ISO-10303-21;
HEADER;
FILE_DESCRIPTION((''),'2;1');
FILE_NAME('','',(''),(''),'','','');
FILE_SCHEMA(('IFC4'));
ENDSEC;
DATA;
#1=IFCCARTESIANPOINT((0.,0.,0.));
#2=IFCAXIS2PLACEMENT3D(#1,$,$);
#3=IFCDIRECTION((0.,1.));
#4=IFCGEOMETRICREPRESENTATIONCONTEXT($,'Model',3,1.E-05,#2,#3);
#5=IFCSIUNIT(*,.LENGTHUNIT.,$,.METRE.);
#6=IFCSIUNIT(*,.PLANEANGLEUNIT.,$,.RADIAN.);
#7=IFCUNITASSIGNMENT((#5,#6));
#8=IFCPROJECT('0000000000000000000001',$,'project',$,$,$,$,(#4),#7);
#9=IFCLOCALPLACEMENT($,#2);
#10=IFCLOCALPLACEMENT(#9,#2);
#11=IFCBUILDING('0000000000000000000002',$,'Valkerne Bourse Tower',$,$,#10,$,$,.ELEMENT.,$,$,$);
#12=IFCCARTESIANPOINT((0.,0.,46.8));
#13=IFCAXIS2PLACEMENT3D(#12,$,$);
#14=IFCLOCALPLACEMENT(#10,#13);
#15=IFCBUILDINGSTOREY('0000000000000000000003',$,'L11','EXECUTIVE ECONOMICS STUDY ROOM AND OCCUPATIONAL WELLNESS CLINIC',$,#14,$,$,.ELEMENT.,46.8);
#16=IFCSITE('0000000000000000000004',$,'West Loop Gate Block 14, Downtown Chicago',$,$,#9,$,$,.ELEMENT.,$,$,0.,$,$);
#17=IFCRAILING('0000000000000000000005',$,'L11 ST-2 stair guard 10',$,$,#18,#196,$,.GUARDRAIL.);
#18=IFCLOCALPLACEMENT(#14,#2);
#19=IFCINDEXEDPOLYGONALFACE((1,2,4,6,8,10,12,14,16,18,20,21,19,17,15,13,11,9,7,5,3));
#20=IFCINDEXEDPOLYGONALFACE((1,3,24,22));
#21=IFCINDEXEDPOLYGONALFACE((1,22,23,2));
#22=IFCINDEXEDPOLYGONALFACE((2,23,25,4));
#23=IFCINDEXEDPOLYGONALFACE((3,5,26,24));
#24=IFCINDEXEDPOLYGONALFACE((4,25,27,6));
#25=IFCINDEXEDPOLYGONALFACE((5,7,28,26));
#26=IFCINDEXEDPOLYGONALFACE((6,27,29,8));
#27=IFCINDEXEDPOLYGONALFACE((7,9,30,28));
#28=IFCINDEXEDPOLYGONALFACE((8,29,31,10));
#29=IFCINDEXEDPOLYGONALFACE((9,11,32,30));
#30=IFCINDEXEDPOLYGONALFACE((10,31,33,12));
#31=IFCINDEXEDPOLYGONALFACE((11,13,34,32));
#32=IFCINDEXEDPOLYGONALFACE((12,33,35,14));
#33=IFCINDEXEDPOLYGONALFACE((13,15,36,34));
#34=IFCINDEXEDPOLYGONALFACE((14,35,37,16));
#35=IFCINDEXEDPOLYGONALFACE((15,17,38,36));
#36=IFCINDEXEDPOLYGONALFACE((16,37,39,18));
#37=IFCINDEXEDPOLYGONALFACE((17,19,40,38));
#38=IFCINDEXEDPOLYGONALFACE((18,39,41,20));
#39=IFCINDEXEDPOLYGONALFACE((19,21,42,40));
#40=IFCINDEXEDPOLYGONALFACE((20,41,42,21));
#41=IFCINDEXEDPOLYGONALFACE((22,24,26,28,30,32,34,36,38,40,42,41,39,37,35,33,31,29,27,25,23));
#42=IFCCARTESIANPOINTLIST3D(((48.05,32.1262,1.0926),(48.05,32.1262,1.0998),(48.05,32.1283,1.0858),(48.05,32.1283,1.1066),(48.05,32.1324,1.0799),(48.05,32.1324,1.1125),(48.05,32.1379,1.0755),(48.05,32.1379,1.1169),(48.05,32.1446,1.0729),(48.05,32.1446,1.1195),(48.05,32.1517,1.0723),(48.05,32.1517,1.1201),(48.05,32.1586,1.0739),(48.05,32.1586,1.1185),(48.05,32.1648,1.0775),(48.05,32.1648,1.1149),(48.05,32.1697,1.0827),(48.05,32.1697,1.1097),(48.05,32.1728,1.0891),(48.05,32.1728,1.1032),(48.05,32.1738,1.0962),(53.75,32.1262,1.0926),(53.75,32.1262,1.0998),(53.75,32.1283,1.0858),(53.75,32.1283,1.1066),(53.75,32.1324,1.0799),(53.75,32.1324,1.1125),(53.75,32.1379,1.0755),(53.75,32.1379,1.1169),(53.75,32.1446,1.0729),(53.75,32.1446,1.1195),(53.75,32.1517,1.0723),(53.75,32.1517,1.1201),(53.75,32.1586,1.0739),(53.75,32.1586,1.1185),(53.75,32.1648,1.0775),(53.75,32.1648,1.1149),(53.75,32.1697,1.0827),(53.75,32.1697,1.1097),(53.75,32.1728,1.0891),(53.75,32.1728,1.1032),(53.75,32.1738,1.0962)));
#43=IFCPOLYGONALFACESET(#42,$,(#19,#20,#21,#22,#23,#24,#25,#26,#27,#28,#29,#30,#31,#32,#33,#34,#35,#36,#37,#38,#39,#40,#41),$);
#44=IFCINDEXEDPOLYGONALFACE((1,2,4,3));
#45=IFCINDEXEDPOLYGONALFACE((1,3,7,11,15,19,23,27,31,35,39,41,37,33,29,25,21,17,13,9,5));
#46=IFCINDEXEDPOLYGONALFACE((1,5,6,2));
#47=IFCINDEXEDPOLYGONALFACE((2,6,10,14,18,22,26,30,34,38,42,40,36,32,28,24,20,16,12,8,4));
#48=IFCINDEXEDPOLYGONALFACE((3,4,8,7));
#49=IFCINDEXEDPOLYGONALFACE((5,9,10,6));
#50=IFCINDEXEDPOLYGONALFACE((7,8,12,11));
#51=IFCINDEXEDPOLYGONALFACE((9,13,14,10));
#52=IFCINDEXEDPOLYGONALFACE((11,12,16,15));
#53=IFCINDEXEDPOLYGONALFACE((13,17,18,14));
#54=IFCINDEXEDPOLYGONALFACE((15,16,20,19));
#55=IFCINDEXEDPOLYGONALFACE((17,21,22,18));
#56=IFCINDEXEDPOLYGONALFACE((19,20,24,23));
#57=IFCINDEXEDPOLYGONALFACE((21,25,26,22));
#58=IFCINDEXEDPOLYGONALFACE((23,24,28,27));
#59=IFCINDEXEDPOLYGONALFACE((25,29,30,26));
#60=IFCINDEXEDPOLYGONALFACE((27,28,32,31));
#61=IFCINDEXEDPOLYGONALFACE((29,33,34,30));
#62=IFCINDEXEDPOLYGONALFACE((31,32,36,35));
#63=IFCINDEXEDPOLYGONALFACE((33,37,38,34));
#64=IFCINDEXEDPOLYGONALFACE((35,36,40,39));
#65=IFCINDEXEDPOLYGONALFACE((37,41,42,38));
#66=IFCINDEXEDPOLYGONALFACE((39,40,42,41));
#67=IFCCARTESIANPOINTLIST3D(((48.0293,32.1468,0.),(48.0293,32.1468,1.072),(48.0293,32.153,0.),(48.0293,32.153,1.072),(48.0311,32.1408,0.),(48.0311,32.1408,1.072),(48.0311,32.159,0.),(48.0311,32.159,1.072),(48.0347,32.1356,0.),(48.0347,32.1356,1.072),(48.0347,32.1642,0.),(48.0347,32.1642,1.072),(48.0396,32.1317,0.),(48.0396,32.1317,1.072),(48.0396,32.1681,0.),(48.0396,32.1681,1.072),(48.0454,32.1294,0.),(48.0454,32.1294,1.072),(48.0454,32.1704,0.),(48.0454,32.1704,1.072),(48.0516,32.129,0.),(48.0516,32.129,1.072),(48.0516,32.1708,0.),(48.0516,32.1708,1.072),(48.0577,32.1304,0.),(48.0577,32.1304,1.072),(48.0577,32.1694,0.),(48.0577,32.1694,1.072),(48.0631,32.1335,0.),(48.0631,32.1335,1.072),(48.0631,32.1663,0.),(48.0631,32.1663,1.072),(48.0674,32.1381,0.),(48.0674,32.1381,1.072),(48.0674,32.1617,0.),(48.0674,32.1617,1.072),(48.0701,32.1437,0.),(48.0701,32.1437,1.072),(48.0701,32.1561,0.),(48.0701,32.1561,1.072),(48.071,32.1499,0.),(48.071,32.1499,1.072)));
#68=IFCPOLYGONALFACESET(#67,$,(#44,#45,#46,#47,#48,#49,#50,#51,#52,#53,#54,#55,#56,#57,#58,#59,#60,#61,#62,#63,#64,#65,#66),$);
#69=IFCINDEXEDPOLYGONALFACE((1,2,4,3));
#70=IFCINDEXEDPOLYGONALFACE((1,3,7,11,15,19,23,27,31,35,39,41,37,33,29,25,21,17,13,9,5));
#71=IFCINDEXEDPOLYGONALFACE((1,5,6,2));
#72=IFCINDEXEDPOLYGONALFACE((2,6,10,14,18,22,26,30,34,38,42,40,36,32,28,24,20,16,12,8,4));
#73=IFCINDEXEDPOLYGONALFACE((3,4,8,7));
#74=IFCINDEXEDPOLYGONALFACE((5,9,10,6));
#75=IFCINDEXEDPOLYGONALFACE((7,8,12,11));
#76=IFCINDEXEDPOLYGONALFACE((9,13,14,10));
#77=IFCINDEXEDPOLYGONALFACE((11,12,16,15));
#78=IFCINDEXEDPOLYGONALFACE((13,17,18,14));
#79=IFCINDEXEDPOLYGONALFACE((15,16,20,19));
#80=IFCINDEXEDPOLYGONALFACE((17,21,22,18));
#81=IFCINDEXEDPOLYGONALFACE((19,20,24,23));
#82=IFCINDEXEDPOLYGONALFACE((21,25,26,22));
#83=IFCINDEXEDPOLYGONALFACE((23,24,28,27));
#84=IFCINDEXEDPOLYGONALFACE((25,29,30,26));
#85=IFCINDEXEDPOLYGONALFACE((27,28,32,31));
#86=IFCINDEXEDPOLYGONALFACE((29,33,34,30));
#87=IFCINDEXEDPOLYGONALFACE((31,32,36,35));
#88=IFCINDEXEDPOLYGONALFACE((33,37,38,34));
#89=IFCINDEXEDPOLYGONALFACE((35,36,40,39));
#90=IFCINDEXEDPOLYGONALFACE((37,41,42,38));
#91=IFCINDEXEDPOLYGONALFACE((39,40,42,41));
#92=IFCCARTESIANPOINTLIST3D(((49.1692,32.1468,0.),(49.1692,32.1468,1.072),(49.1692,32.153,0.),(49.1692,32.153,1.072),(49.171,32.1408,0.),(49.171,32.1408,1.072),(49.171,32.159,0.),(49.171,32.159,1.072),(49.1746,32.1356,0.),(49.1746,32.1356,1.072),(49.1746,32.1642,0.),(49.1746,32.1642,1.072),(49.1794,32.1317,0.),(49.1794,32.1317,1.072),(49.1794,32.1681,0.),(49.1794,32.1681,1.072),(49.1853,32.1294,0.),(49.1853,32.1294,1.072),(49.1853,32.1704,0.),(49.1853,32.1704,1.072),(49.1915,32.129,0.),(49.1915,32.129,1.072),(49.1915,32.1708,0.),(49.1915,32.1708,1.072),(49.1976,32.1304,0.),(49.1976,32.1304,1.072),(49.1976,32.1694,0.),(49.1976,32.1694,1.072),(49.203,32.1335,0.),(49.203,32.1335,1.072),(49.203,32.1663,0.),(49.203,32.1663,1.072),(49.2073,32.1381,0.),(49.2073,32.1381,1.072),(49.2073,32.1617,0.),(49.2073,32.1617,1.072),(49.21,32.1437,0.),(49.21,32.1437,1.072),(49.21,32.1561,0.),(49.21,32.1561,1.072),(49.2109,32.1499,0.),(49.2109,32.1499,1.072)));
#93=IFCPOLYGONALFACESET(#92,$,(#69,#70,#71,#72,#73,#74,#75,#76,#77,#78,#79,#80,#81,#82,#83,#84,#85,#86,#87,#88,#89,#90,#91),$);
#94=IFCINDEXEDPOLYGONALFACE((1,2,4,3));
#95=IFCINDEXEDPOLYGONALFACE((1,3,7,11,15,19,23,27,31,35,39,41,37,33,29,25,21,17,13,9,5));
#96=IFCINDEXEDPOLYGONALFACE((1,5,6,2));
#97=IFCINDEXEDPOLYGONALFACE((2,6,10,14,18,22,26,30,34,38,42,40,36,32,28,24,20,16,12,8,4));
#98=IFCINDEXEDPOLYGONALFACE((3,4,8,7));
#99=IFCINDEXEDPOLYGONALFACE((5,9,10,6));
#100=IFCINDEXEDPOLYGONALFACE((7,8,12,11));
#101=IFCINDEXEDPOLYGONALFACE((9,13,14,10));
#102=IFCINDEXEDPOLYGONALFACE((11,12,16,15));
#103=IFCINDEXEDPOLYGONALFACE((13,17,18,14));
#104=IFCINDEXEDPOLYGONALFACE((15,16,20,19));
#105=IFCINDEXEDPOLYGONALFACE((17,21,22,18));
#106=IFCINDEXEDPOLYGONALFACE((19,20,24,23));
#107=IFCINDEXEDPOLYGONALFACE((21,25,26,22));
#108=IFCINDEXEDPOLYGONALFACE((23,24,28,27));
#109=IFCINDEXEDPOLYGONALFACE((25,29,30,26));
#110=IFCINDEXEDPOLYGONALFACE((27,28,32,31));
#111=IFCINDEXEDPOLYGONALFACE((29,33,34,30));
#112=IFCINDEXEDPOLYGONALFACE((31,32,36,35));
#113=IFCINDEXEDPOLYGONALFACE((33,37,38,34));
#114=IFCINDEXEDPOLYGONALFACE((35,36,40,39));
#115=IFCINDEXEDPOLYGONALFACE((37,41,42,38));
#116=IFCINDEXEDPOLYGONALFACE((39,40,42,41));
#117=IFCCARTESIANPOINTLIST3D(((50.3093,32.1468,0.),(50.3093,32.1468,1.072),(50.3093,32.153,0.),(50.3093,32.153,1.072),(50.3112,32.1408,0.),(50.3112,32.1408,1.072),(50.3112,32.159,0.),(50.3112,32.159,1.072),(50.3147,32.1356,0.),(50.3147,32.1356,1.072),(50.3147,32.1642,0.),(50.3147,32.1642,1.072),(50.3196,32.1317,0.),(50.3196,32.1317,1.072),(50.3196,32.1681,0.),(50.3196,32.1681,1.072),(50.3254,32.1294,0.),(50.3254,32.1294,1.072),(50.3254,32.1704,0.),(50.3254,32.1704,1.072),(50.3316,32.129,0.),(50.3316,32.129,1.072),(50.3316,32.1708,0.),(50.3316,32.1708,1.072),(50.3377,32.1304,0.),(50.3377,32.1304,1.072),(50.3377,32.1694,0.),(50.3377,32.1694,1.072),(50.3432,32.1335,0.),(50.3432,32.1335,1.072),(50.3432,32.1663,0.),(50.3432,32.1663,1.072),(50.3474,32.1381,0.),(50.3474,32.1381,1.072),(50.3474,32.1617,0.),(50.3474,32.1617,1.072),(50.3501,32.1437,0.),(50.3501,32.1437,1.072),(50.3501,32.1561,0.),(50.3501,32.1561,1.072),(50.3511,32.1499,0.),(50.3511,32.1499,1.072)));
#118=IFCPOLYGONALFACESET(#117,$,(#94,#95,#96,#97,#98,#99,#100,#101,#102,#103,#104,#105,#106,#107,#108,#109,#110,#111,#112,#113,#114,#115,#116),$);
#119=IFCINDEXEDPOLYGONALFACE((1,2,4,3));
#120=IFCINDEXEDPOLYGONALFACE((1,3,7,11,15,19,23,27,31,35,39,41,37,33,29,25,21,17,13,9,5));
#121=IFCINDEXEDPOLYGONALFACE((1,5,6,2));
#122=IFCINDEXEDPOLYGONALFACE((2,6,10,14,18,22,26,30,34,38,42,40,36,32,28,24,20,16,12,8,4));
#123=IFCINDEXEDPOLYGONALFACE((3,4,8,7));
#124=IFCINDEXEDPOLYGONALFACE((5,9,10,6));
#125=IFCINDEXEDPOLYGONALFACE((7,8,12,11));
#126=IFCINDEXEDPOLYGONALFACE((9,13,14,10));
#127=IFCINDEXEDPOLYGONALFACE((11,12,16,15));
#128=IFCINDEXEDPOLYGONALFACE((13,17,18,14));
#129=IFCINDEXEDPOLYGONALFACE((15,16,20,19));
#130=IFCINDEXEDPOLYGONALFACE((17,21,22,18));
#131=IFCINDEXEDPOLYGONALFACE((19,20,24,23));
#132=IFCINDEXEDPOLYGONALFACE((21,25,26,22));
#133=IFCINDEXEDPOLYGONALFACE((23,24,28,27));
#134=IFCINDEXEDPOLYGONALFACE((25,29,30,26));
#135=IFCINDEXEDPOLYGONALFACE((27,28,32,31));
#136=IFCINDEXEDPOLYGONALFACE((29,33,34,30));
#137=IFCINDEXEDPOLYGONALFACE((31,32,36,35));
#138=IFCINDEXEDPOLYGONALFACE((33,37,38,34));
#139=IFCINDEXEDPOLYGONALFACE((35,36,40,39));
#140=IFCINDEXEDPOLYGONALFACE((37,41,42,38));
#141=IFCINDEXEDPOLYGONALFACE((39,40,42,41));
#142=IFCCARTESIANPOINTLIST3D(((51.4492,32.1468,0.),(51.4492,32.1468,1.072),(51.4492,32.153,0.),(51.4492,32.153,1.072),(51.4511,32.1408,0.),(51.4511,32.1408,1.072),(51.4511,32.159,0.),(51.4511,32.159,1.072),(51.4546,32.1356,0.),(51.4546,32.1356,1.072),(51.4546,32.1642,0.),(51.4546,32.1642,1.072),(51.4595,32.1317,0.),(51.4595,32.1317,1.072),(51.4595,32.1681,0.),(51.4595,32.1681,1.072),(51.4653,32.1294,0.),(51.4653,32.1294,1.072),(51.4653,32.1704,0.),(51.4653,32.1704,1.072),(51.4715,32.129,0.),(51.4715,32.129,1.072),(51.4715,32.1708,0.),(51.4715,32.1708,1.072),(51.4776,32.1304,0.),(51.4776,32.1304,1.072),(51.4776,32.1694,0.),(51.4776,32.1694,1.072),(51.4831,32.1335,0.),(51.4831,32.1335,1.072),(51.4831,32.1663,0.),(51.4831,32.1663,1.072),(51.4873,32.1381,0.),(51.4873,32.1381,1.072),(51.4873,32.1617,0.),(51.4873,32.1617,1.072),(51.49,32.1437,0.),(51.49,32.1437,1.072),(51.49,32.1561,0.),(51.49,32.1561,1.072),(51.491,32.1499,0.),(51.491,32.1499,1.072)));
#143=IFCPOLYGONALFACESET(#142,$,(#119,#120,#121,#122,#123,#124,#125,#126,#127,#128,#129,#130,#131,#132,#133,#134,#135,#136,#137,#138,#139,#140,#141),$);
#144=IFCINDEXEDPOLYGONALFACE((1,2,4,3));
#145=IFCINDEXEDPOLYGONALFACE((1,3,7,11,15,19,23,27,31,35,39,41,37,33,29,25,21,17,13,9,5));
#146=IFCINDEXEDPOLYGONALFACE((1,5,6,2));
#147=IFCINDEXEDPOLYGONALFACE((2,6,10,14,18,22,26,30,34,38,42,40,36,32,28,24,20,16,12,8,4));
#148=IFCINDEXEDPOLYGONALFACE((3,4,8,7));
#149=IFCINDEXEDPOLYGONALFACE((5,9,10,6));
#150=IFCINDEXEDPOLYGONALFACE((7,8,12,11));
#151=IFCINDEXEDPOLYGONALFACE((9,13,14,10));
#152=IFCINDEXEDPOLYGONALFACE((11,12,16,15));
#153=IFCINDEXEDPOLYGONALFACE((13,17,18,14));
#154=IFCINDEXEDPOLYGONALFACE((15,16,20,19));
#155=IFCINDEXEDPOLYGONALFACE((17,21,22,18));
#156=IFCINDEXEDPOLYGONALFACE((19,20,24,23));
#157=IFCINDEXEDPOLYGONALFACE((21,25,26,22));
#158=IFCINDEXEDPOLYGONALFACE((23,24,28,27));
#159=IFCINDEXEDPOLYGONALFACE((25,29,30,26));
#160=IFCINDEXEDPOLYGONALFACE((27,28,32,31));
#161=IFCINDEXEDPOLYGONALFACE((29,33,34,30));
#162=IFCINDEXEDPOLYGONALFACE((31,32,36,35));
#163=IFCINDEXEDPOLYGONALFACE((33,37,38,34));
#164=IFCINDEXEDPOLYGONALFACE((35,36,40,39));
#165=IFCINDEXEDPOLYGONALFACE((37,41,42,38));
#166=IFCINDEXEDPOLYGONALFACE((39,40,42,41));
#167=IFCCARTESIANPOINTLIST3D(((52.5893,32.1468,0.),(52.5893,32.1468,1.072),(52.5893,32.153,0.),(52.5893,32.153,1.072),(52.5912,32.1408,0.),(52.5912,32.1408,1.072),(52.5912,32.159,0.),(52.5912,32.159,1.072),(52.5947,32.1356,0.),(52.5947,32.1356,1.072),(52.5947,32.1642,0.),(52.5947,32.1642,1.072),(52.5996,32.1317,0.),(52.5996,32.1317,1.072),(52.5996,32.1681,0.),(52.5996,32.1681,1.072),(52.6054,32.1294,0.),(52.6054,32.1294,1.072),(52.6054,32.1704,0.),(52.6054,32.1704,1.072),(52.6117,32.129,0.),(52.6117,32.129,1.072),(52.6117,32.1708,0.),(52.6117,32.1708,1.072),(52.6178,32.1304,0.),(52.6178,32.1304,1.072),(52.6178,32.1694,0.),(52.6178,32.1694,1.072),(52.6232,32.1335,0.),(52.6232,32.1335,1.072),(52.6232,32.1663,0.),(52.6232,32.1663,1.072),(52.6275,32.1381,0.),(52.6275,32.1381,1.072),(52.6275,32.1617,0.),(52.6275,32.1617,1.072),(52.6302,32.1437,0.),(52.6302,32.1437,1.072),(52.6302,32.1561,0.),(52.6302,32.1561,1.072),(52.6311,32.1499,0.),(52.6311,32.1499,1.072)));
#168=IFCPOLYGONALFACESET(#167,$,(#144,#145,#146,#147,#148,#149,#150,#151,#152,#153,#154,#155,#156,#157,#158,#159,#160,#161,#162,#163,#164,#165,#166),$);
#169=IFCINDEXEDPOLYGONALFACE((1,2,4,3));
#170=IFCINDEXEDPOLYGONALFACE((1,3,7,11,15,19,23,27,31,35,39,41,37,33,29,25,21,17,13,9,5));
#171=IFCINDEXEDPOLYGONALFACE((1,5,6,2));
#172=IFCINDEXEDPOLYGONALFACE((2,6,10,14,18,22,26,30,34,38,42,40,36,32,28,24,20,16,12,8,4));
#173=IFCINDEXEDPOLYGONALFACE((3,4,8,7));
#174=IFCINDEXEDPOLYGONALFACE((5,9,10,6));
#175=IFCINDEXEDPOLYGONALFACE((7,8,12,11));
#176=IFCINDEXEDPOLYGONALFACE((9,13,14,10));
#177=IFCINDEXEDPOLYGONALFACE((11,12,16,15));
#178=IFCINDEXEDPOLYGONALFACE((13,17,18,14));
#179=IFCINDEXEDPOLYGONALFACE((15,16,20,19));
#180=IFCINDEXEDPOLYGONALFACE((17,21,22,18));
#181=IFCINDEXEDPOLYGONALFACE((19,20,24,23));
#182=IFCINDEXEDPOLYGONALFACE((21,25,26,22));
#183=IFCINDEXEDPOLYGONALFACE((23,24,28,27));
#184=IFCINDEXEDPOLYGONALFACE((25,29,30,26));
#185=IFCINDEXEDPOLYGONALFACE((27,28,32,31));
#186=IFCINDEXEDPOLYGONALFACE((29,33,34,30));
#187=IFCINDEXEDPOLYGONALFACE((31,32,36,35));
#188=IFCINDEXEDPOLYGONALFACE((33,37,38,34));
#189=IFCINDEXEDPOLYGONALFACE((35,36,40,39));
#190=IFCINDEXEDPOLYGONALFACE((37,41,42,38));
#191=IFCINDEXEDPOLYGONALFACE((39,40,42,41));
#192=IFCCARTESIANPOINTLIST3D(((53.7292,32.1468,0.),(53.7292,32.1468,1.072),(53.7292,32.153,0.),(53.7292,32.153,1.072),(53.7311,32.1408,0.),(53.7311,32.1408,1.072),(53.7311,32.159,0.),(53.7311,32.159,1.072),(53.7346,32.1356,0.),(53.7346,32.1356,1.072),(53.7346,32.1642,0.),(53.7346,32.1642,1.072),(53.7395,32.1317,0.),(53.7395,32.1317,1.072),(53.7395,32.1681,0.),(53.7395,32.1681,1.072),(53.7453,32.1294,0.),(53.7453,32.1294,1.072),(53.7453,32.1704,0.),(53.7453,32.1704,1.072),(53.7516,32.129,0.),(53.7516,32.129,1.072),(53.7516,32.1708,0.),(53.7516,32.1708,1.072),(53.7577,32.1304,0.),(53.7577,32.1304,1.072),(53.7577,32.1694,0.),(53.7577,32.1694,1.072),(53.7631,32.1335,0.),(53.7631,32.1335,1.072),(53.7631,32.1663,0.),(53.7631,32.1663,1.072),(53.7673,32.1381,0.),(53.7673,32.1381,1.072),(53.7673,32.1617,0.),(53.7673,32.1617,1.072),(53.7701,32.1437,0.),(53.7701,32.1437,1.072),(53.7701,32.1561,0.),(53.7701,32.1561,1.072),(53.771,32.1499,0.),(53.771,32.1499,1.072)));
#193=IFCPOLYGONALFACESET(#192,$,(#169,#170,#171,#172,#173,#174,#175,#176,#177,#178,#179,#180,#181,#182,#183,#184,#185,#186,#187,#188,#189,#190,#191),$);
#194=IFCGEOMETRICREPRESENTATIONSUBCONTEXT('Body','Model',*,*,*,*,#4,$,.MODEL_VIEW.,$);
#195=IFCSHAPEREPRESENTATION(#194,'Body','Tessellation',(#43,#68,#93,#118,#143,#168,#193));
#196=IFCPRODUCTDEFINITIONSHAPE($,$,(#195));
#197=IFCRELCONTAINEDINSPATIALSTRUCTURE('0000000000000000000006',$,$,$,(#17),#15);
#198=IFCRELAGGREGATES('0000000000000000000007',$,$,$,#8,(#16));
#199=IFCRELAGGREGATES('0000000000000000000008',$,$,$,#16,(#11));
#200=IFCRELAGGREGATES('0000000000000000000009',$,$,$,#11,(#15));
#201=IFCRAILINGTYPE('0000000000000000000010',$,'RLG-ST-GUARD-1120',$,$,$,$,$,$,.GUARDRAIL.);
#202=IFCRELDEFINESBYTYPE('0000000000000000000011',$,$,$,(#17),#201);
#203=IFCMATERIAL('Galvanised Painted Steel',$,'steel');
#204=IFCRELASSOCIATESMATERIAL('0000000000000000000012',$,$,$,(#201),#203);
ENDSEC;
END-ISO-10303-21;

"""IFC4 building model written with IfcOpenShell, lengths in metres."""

from ifc_helpers import new_model, si_unit, direction, frame, origin, origin_2d, place, context, subcontext, project, spatial, circle, extrude, material, type_object, element, save


model = new_model("IFC4")

# Units and contexts
model_context = context("Model", 3, precision=1e-05, world=origin(), true_north=direction((0.0, 1.0)))
body_context = subcontext(model_context, "Body", "Model", "MODEL_VIEW")
ifc_project = project(units=[si_unit("LENGTHUNIT", "METRE"), si_unit("PLANEANGLEUNIT", "RADIAN")], contexts=[model_context])

# Site, building, storey
site_placement = place(None, origin())
site = spatial("IfcSite", under=ifc_project, at=site_placement, Name="West Loop Gate Block 14, Downtown Chicago", CompositionType="ELEMENT", RefElevation=0.0)
building_placement = place(site_placement, origin())
building = spatial("IfcBuilding", under=site, at=building_placement, Name="Valkerne Bourse Tower", CompositionType="ELEMENT")
storey_placement = place(building_placement, frame((0.0, 0.0, 46.8)))
storey = spatial("IfcBuildingStorey", under=building, at=storey_placement, Name="L11", Description="EXECUTIVE ECONOMICS STUDY ROOM AND OCCUPATIONAL WELLNESS CLINIC", CompositionType="ELEMENT", Elevation=46.8)

# Shared definitions
ifc_material_1 = material(Name="Galvanised Painted Steel", Category="steel")

# Railing
railing_type_1 = type_object("IfcRailingType", Name="RLG-ST-GUARD-1120", PredefinedType="GUARDRAIL", material=ifc_material_1)
for number, where, name in (
    (1, (48.05, 32.1499, 0.0), "L11 ST-2 stair guard 10"),
):
    element("IfcRailing", number, at=place(storey_placement, frame(where)), inside=storey, type_object=railing_type_1, Name=name, PredefinedType="GUARDRAIL", context=body_context, shape_type="SweptSolid", body=[
        extrude(circle(Radius=0.0239, at=origin_2d()), frame((0.0, 0.0, 1.0962), z_axis=(1.0, 0.0, 0.0), x_axis=(0.0, 1.0, 0.0)), (0.0, 0.0, 1.0), 5.7),
        extrude(circle(Radius=0.021, at=origin_2d()), origin(), (0.0, 0.0, 1.0), 1.072),
        extrude(circle(Radius=0.021, at=origin_2d()), frame((1.1399, 0.0, 0.0)), (0.0, 0.0, 1.0), 1.072),
        extrude(circle(Radius=0.021, at=origin_2d()), frame((2.28, 0.0, 0.0)), (0.0, 0.0, 1.0), 1.072),
        extrude(circle(Radius=0.021, at=origin_2d()), frame((3.4199, 0.0, 0.0)), (0.0, 0.0, 1.0), 1.072),
        extrude(circle(Radius=0.021, at=origin_2d()), frame((4.5601, 0.0, 0.0)), (0.0, 0.0, 1.0), 1.072),
        extrude(circle(Radius=0.021, at=origin_2d()), frame((5.7, 0.0, 0.0)), (0.0, 0.0, 1.0), 1.072),
    ])

save(model, "model.ifc")
